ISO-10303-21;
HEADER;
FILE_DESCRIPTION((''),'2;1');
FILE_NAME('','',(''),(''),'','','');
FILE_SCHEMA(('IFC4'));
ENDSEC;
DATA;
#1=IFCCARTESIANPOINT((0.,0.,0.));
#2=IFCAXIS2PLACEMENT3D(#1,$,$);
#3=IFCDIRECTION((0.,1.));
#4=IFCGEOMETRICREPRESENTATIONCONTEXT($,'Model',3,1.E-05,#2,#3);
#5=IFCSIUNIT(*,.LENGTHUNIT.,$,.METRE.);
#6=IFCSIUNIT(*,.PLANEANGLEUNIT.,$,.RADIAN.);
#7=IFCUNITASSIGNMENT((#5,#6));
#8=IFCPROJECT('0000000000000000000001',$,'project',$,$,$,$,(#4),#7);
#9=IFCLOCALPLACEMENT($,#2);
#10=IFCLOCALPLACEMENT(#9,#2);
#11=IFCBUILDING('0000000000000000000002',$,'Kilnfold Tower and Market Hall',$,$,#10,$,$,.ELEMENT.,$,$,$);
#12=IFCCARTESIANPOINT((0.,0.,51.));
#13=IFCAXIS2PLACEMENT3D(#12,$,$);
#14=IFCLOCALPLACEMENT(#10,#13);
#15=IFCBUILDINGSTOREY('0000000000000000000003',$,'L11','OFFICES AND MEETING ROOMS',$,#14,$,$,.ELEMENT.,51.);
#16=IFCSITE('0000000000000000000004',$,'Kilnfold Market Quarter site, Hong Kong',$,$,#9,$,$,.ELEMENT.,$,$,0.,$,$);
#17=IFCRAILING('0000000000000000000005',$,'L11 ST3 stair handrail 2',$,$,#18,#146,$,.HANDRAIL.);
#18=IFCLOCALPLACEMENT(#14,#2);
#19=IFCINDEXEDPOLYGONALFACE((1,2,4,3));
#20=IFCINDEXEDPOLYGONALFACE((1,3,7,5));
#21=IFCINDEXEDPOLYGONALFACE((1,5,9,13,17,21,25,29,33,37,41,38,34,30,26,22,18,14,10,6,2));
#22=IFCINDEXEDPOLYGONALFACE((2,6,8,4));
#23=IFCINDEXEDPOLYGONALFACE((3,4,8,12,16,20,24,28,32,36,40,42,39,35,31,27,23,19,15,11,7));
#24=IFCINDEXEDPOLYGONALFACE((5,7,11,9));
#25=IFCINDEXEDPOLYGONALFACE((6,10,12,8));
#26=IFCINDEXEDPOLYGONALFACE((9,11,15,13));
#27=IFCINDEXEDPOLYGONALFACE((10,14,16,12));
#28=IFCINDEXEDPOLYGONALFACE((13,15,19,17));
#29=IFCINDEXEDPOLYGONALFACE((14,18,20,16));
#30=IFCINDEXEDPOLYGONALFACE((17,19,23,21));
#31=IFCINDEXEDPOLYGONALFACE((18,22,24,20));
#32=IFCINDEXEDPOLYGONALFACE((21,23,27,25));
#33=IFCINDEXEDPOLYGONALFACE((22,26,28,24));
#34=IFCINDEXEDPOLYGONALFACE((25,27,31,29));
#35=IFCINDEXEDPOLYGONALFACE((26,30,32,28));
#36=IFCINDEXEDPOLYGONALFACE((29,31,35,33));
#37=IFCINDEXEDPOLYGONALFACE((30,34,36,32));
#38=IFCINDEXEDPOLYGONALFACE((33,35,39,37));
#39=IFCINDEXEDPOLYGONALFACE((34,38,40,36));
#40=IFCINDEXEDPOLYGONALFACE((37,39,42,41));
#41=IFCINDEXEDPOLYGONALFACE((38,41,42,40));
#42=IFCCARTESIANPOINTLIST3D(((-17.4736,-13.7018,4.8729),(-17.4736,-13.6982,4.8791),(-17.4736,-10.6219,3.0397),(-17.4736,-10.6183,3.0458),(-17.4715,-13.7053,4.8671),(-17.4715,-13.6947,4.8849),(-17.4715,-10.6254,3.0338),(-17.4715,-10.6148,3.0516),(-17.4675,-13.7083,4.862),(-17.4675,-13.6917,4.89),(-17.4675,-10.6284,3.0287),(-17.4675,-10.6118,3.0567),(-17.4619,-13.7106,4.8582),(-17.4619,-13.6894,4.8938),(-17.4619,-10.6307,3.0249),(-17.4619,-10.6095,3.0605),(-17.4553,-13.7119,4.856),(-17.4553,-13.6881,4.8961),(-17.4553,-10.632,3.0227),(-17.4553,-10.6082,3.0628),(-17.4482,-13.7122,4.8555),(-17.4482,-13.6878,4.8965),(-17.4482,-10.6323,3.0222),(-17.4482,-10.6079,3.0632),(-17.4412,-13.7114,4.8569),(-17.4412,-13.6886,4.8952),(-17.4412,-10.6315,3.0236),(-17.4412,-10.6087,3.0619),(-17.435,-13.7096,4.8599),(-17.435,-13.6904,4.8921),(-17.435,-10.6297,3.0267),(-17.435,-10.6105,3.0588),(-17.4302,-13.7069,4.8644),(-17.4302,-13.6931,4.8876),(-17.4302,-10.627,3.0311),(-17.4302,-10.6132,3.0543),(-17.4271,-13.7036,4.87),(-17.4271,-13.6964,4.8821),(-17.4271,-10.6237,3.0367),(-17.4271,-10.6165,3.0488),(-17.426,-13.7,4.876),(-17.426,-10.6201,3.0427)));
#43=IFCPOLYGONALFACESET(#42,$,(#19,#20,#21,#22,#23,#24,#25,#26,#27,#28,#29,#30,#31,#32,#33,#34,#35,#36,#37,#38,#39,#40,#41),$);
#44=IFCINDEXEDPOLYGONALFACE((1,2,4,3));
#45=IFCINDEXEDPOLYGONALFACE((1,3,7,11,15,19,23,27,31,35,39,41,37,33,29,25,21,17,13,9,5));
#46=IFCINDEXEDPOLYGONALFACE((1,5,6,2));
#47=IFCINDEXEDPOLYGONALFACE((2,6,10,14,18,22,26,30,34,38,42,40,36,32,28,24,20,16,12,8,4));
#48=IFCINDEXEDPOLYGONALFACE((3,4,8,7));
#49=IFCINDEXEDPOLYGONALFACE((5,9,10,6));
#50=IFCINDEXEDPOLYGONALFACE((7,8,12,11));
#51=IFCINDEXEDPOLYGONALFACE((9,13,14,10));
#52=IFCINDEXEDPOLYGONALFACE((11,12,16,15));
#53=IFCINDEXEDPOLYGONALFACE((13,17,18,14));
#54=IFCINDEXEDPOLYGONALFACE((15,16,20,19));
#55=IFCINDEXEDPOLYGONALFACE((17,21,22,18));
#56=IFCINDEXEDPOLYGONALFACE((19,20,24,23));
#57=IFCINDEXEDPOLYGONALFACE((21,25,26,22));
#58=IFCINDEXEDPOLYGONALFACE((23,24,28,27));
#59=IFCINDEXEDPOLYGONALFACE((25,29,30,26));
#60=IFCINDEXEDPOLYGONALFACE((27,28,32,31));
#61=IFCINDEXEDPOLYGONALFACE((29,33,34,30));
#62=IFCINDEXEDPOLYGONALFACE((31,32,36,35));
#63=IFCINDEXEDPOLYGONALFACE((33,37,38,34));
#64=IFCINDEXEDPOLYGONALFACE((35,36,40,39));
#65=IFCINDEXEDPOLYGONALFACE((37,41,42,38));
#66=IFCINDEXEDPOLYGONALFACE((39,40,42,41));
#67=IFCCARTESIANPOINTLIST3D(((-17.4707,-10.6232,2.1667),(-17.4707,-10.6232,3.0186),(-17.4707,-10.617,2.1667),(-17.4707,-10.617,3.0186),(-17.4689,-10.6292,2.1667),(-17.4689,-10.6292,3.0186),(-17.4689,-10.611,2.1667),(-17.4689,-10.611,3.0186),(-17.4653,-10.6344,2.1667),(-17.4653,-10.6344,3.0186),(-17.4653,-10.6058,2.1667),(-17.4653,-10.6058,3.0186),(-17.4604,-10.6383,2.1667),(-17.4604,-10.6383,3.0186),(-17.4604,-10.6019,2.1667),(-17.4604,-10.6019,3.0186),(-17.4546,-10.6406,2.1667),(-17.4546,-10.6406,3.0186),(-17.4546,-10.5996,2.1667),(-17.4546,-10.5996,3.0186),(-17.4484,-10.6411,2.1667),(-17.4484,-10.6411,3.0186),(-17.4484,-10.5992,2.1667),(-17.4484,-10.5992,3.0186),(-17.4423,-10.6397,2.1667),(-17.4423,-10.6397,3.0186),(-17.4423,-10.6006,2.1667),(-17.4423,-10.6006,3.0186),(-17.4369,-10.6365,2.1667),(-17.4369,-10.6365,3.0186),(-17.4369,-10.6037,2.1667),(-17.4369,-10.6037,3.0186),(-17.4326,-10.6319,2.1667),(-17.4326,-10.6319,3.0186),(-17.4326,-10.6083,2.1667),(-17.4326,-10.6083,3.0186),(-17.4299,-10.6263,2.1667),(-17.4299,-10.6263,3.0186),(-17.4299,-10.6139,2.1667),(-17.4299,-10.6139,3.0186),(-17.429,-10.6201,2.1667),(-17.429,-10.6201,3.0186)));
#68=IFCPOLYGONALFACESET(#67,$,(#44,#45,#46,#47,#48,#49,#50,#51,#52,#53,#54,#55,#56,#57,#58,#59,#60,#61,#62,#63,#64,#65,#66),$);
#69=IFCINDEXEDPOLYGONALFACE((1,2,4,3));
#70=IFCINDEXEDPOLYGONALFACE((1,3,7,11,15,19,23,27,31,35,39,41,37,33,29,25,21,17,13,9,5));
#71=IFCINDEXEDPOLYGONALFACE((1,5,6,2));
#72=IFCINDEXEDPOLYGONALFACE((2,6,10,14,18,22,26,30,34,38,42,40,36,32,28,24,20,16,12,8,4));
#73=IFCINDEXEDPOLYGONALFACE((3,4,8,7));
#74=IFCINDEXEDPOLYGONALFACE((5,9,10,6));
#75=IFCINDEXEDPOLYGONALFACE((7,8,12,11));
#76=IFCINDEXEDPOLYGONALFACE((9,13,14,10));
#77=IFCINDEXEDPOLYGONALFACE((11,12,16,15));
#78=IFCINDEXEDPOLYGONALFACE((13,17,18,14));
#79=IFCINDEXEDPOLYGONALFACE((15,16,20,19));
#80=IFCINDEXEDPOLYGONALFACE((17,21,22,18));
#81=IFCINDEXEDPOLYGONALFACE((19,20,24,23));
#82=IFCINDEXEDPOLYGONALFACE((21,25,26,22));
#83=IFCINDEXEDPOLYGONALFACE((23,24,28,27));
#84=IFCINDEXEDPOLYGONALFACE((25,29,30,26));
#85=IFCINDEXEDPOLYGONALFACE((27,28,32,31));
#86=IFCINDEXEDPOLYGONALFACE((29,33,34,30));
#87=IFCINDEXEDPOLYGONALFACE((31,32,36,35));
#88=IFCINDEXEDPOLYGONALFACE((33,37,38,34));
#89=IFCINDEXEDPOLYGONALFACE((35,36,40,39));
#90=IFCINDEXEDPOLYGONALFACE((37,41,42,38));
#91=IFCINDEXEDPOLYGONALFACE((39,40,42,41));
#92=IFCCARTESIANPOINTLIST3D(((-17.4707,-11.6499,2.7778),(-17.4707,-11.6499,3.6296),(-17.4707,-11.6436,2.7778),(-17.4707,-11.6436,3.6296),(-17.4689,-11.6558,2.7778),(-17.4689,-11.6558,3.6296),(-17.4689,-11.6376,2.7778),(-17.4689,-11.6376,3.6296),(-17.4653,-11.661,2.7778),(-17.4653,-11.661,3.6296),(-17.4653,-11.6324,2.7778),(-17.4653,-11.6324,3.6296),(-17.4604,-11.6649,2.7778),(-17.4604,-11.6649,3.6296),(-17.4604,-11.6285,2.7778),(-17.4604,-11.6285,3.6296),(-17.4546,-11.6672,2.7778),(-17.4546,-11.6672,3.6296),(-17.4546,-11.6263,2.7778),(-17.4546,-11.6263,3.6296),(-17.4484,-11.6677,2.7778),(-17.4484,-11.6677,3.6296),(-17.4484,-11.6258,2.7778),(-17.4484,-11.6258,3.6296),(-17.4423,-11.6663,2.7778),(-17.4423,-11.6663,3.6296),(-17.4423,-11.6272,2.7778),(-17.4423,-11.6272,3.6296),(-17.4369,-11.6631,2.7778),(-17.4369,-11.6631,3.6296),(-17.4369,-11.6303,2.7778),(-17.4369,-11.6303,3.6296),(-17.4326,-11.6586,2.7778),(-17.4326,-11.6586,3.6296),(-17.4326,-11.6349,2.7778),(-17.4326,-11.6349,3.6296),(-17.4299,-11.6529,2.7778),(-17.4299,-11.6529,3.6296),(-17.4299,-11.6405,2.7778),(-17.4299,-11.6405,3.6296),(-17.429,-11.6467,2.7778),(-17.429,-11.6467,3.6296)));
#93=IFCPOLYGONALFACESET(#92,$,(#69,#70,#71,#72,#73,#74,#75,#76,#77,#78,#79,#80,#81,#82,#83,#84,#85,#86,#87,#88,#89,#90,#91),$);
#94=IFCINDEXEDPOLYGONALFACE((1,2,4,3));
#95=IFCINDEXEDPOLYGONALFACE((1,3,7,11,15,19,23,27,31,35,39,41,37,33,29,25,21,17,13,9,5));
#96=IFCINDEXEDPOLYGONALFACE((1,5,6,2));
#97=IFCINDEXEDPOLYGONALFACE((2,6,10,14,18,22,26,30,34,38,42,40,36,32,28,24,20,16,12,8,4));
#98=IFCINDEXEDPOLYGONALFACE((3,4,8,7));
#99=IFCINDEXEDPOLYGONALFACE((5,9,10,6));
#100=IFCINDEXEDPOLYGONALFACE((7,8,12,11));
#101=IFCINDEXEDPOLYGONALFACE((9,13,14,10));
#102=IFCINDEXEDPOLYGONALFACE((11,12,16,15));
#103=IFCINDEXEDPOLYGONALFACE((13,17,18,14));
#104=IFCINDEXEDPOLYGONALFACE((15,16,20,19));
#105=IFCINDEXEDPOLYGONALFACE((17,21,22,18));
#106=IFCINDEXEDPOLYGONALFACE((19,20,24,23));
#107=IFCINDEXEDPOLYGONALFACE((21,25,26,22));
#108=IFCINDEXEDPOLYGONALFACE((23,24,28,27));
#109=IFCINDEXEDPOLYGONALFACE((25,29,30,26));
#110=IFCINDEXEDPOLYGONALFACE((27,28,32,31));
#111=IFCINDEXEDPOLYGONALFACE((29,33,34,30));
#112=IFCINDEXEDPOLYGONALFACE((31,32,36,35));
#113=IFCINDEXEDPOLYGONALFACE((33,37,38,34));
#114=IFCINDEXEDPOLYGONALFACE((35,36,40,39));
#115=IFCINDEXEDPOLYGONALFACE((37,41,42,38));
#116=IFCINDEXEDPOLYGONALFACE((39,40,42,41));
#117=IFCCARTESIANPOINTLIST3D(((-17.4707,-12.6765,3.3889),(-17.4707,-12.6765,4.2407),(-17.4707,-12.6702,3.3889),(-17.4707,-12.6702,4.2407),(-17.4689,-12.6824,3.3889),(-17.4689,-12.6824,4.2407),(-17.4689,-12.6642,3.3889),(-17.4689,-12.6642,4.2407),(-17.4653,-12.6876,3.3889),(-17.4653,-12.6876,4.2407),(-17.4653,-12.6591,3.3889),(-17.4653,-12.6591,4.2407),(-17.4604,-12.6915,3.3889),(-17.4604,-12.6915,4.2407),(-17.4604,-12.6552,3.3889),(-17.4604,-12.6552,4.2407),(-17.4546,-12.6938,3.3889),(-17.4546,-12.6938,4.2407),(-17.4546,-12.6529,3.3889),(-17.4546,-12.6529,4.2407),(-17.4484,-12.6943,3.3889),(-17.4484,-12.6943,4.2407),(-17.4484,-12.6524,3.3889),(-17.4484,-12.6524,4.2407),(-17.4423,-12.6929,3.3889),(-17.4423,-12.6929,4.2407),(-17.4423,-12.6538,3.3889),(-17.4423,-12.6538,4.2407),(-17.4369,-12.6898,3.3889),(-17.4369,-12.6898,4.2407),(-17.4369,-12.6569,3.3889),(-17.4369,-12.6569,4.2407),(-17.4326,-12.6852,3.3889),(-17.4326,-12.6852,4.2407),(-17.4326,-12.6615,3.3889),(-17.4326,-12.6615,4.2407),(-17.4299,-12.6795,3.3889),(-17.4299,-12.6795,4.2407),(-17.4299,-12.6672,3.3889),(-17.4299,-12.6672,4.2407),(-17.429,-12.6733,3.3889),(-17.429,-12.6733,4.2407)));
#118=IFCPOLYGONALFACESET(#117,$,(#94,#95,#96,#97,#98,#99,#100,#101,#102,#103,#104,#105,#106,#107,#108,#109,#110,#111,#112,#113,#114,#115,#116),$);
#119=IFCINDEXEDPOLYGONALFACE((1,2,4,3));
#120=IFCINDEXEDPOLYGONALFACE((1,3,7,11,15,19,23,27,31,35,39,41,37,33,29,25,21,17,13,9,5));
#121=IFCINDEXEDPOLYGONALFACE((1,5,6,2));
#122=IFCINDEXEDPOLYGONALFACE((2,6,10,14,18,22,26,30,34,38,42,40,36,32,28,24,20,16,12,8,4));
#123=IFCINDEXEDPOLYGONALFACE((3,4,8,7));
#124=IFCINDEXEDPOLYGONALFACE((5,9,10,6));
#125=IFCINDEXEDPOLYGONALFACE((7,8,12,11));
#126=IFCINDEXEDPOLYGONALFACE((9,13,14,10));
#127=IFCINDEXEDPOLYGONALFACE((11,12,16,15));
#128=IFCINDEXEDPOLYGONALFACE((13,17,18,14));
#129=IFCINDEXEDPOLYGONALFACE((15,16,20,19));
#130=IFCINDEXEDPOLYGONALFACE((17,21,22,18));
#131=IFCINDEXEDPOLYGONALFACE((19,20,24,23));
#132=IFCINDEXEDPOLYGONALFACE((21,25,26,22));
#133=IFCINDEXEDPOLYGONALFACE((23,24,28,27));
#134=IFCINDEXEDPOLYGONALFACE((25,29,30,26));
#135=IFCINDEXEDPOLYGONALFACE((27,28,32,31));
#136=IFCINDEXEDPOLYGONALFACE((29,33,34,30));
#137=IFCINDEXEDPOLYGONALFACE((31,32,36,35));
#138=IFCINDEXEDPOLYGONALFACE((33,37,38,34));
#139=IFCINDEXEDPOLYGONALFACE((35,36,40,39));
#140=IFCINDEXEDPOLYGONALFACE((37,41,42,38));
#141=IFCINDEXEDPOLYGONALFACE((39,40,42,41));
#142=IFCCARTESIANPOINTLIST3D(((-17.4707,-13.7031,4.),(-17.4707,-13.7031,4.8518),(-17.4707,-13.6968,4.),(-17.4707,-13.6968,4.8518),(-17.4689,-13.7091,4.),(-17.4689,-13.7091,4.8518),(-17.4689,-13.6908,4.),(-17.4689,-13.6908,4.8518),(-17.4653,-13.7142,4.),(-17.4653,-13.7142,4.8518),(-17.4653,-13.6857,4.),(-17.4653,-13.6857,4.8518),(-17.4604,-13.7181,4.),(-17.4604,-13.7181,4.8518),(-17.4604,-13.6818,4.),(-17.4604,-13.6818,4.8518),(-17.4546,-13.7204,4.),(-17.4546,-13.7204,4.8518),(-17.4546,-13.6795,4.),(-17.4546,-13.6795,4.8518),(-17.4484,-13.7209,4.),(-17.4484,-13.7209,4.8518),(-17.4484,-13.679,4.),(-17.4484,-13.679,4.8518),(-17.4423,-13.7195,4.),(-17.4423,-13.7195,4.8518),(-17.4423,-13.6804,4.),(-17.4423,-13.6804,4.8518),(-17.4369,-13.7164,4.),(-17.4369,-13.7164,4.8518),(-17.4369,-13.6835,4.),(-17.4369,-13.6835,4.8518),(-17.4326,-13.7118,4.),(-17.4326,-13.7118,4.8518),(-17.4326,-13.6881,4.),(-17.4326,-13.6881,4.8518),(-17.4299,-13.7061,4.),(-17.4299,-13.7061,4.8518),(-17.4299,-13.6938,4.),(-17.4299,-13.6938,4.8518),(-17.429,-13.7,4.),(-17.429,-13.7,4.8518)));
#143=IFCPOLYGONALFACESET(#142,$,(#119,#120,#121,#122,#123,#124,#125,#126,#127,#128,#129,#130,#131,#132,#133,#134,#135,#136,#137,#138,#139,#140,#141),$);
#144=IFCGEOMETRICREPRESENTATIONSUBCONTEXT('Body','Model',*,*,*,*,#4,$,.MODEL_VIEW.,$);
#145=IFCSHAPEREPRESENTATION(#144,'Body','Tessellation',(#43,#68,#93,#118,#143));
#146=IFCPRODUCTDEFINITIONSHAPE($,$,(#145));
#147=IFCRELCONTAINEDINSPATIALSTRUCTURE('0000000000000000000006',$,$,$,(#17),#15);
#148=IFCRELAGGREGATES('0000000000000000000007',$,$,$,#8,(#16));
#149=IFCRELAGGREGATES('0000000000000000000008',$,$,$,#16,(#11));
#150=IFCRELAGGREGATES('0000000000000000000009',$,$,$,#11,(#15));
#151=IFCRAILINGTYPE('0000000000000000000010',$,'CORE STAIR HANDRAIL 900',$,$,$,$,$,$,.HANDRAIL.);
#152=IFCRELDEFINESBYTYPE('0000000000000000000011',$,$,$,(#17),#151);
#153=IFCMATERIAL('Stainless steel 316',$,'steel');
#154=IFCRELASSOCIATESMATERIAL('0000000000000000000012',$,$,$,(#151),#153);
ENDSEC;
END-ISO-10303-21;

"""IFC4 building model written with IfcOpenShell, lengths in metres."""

from ifc_helpers import new_model, si_unit, direction, frame, origin, origin_2d, place, context, subcontext, project, spatial, circle, extrude, material, type_object, element, save


model = new_model("IFC4")

# Units and contexts
model_context = context("Model", 3, precision=1e-05, world=origin(), true_north=direction((0.0, 1.0)))
body_context = subcontext(model_context, "Body", "Model", "MODEL_VIEW")
ifc_project = project(units=[si_unit("LENGTHUNIT", "METRE"), si_unit("PLANEANGLEUNIT", "RADIAN")], contexts=[model_context])

# Site, building, storey
site_placement = place(None, origin())
site = spatial("IfcSite", under=ifc_project, at=site_placement, Name="Kilnfold Market Quarter site, Hong Kong", CompositionType="ELEMENT", RefElevation=0.0)
building_placement = place(site_placement, origin())
building = spatial("IfcBuilding", under=site, at=building_placement, Name="Kilnfold Tower and Market Hall", CompositionType="ELEMENT")
storey_placement = place(building_placement, frame((0.0, 0.0, 51.0)))
storey = spatial("IfcBuildingStorey", under=building, at=storey_placement, Name="L11", Description="OFFICES AND MEETING ROOMS", CompositionType="ELEMENT", Elevation=51.0)

# Railing
ifc_material_1 = material(Name="Stainless steel 316", Category="steel")
railing_type_1 = type_object("IfcRailingType", Name="CORE STAIR HANDRAIL 900", PredefinedType="HANDRAIL", material=ifc_material_1)
railing_1_placement = place(storey_placement, frame((-17.45, -10.6201, 2.1667)))
element("IfcRailing", 1, at=railing_1_placement, inside=storey, type_object=railing_type_1, Name="L11 ST3 stair handrail 2", PredefinedType="HANDRAIL", context=body_context, shape_type="SweptSolid", body=[
    extrude(circle(Radius=0.0239, at=origin_2d()), frame((0.0, 0.0, 0.876), z_axis=(0.0, -0.859291, 0.511487), x_axis=(1.0, 0.0, 0.0)), (0.0, 0.0, 1.0), 3.5842),
    extrude(circle(Radius=0.021, at=origin_2d()), origin(), (0.0, 0.0, 1.0), 0.8518),
    extrude(circle(Radius=0.021, at=origin_2d()), frame((0.0, -1.0266, 0.6111)), (0.0, 0.0, 1.0), 0.8518),
    extrude(circle(Radius=0.021, at=origin_2d()), frame((0.0, -2.0532, 1.2222)), (0.0, 0.0, 1.0), 0.8518),
    extrude(circle(Radius=0.021, at=origin_2d()), frame((0.0, -3.0798, 1.8333)), (0.0, 0.0, 1.0), 0.8518),
])

save(model, "model.ifc")
